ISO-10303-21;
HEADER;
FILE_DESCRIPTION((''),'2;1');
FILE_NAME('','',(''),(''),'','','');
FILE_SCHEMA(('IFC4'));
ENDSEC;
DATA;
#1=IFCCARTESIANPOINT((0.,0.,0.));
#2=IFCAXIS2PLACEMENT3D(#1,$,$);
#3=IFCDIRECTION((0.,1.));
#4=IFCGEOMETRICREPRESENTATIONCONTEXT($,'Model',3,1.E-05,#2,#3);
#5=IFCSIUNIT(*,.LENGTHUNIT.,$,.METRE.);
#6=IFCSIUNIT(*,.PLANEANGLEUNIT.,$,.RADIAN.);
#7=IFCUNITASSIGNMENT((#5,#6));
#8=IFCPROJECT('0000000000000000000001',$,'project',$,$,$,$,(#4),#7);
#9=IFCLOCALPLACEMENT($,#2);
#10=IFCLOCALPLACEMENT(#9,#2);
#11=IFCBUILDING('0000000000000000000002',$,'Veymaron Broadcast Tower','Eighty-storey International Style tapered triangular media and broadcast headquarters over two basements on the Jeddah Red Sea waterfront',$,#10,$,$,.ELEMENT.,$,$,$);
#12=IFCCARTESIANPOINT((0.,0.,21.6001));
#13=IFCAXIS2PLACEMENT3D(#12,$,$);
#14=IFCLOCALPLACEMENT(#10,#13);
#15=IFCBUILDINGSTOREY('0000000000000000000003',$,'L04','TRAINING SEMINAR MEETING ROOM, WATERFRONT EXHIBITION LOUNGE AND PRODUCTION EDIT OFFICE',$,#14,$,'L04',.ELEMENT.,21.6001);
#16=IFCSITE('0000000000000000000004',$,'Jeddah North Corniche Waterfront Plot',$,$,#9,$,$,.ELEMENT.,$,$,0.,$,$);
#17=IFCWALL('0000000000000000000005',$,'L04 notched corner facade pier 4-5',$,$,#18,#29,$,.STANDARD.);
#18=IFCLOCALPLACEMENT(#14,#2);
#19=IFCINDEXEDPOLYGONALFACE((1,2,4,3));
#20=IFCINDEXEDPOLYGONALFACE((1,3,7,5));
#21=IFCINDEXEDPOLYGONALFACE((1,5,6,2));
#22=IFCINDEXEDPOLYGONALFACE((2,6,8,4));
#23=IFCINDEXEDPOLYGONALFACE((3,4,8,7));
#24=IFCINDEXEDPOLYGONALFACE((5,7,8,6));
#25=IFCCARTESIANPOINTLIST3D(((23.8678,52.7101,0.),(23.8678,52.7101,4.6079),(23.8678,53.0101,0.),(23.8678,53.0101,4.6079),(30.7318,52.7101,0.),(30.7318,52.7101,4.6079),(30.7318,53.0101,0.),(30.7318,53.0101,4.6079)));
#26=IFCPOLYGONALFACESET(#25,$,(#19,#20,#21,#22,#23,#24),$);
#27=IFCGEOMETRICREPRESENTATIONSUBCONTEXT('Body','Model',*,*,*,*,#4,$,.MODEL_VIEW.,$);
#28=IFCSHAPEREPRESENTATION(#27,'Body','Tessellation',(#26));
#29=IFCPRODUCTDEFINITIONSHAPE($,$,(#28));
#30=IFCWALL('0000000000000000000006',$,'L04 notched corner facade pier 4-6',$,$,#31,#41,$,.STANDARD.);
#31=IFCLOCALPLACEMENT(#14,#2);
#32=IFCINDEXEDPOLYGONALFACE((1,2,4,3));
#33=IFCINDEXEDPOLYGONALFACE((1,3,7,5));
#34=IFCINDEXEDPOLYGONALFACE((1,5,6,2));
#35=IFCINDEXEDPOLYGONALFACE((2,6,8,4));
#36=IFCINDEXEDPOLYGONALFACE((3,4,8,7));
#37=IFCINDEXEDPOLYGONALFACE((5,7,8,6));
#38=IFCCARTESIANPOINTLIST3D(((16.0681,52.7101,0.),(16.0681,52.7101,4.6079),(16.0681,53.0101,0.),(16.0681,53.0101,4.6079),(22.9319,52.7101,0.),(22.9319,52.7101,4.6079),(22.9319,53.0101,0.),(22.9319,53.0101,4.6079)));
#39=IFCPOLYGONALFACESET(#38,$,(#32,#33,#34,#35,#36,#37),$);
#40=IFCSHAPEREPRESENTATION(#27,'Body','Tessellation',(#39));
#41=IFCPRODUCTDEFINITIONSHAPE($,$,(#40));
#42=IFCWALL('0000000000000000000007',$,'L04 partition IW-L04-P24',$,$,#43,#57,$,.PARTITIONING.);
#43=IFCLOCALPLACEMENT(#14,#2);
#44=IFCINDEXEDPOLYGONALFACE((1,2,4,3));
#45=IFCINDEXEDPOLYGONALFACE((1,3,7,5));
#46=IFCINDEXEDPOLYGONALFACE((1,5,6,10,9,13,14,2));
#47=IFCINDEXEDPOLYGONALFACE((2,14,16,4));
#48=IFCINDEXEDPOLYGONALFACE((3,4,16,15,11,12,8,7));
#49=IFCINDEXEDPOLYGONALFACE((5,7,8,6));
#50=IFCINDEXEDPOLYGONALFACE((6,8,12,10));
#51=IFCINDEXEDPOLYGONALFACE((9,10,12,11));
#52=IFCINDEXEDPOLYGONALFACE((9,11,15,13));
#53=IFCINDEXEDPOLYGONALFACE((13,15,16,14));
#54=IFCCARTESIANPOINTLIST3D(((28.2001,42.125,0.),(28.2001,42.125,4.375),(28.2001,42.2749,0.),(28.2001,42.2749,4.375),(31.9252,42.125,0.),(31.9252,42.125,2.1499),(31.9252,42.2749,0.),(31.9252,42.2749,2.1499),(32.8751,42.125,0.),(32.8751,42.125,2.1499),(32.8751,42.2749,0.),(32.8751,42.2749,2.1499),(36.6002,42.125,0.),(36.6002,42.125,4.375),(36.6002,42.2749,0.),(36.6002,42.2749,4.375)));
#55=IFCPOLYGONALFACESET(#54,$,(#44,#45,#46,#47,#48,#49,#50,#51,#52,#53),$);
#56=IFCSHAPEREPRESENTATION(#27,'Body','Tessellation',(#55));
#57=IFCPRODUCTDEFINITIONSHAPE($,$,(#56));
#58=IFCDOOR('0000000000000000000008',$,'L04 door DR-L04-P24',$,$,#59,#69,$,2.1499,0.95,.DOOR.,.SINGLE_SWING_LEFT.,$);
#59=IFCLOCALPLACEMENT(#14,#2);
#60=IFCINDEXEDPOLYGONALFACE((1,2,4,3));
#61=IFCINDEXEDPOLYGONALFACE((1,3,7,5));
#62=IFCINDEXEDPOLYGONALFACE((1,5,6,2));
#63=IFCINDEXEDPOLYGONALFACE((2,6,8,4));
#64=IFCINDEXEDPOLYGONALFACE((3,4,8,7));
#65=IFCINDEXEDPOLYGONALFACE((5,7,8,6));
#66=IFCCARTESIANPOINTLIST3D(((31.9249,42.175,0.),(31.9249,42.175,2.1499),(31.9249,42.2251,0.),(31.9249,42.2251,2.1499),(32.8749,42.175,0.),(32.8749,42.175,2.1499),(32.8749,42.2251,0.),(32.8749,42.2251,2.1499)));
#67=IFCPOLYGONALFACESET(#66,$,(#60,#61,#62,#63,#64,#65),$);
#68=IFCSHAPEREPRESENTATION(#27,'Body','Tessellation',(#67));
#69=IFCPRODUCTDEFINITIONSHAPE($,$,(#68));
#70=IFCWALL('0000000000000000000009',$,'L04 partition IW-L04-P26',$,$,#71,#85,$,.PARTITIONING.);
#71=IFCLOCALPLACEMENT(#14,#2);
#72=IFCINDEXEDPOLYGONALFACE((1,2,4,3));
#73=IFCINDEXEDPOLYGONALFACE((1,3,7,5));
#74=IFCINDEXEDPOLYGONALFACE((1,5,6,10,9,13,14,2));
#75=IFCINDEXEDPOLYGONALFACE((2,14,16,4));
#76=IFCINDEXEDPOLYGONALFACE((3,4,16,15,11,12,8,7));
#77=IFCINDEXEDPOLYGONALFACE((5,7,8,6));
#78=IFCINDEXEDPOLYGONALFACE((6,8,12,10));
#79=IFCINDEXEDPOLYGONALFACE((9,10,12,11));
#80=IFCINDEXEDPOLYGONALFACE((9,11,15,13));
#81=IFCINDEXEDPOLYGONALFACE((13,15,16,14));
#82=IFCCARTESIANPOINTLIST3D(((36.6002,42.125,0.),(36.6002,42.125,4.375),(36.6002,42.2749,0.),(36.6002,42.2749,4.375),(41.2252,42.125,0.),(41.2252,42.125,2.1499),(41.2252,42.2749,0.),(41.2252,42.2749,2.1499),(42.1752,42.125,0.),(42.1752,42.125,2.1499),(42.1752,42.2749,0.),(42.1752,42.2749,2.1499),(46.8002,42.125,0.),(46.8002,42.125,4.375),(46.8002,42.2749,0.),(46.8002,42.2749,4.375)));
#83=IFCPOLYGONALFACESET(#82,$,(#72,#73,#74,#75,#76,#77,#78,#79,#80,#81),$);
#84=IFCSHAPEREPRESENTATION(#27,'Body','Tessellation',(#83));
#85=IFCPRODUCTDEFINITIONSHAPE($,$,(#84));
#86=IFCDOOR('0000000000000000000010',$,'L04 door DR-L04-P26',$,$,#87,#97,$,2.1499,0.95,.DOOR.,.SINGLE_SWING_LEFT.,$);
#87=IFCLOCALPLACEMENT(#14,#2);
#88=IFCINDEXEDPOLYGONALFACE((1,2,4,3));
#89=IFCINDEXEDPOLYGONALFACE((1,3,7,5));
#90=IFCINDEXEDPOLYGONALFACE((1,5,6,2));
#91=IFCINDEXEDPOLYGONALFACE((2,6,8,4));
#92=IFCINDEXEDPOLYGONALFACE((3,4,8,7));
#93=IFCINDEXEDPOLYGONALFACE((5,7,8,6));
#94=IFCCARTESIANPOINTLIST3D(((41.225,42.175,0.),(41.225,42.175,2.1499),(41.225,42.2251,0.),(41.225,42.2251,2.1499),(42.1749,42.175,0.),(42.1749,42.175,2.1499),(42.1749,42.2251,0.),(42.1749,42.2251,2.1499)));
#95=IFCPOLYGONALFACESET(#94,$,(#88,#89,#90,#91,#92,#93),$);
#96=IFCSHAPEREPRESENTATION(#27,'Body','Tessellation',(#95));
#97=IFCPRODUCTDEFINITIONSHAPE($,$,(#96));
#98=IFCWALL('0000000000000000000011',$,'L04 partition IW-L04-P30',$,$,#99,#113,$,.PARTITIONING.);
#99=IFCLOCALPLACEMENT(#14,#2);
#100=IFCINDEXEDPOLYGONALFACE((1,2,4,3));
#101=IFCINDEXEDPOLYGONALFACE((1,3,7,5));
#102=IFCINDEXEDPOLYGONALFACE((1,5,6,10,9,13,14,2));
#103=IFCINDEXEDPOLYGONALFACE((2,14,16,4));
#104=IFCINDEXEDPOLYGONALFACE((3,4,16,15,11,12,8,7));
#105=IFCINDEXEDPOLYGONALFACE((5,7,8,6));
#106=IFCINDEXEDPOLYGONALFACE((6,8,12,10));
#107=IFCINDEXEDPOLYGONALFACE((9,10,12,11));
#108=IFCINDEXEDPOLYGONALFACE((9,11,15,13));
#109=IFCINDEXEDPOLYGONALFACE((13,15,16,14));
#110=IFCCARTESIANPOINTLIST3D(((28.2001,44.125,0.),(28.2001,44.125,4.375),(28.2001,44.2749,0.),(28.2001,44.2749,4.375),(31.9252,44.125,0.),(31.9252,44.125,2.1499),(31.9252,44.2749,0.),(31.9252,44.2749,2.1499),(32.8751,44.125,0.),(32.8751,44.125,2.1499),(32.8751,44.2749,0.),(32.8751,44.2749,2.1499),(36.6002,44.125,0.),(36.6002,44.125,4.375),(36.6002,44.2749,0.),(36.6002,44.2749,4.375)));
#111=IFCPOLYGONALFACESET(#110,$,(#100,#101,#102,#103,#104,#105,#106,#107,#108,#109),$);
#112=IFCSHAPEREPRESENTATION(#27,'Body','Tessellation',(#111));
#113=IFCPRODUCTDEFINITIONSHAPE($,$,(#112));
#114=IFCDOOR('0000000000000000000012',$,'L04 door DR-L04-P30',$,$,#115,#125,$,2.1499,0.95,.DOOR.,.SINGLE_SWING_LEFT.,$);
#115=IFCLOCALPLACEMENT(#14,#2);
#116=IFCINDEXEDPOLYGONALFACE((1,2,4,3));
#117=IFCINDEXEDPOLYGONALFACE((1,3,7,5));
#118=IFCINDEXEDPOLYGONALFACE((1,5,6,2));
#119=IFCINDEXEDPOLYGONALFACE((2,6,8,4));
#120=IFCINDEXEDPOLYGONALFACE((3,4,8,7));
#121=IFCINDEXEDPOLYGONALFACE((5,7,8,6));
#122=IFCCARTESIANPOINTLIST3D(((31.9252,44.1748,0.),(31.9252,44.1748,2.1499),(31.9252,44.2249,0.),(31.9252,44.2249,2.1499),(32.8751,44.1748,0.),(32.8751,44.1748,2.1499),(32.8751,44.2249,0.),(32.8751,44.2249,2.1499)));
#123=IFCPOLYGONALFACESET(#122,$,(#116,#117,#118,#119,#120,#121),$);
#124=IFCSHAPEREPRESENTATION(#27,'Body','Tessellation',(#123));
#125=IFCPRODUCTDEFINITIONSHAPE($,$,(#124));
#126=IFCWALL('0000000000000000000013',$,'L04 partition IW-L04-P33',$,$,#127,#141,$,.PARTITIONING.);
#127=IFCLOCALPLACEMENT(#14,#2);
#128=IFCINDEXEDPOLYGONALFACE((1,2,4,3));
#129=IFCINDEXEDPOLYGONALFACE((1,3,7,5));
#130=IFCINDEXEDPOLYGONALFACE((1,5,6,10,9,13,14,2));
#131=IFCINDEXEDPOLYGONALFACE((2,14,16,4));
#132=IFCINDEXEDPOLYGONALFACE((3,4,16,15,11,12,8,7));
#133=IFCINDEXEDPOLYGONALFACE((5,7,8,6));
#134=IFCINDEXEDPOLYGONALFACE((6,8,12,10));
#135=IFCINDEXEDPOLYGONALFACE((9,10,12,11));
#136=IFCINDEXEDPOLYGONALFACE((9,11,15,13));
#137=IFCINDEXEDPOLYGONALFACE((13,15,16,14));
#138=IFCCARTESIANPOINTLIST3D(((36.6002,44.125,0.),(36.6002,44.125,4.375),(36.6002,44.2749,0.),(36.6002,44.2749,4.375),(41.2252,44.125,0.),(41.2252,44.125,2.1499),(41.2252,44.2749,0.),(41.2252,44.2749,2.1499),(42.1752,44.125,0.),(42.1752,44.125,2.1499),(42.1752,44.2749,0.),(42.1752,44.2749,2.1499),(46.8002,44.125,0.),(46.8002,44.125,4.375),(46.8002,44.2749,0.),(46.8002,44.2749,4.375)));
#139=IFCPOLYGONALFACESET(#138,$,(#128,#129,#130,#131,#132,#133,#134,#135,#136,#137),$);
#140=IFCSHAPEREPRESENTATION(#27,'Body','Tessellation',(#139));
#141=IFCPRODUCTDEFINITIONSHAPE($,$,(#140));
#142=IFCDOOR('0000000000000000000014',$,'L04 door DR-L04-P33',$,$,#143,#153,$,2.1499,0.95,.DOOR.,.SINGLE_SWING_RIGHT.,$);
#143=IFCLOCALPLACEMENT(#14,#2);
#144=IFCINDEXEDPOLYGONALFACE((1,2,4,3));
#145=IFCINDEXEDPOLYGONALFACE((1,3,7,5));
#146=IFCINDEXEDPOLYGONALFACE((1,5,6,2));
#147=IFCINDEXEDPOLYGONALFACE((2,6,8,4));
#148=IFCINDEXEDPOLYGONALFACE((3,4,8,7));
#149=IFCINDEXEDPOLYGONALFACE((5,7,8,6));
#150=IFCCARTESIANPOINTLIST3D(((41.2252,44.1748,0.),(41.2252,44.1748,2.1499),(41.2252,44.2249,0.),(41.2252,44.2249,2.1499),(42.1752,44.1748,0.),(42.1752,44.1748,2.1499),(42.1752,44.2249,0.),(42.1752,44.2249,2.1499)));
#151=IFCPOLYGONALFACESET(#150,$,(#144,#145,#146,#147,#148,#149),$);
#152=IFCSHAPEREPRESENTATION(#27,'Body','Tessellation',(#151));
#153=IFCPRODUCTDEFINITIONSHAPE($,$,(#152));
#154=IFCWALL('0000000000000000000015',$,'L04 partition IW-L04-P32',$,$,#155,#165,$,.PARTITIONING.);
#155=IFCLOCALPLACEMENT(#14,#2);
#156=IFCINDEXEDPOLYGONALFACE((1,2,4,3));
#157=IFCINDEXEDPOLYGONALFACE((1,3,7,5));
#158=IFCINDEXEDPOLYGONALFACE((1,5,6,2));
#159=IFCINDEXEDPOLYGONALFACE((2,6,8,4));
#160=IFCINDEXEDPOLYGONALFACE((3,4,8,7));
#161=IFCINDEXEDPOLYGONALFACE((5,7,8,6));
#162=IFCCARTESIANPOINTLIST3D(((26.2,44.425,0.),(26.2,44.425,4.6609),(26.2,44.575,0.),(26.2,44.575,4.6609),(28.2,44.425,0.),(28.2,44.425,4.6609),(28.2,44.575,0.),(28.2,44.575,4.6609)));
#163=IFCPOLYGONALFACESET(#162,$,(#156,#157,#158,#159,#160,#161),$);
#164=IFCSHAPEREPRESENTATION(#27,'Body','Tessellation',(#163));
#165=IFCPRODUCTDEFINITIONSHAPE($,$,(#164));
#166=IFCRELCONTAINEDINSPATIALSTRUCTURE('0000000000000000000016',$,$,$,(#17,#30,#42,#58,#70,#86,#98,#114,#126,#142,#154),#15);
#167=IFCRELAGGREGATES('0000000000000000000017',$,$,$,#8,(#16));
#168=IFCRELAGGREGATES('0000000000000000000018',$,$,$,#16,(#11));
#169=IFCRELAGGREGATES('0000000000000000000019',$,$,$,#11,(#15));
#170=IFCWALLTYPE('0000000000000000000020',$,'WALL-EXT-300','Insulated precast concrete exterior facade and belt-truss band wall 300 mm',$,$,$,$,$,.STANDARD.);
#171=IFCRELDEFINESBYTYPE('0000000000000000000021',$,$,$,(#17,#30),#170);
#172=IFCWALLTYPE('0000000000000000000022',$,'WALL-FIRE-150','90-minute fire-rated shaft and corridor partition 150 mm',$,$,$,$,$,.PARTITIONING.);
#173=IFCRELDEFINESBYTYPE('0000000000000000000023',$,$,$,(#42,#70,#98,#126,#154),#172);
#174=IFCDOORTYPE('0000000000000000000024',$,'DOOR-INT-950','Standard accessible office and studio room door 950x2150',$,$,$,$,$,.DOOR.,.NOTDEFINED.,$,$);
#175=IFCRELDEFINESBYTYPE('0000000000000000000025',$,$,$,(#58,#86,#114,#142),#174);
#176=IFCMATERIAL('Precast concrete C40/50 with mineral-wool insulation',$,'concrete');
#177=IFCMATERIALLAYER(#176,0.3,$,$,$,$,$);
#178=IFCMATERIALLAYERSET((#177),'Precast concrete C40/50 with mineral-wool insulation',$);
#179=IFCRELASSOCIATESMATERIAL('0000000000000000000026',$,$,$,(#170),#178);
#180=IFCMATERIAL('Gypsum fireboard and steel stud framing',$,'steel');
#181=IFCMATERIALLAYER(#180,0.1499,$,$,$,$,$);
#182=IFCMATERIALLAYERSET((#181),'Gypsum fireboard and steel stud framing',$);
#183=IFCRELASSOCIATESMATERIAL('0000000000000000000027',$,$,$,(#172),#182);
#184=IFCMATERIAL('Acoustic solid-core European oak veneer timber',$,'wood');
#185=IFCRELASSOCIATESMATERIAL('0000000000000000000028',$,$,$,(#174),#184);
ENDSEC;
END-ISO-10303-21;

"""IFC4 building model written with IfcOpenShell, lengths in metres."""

from ifc_helpers import new_model, si_unit, direction, frame, frame_2d, origin, place, context, subcontext, project, spatial, rectangle, extrude, material, layer, layer_set, type_object, element, fill, save


model = new_model("IFC4")

# Units and contexts
model_context = context("Model", 3, precision=1e-05, world=origin(), true_north=direction((0.0, 1.0)))
body_context = subcontext(model_context, "Body", "Model", "MODEL_VIEW")
ifc_project = project(units=[si_unit("LENGTHUNIT", "METRE"), si_unit("PLANEANGLEUNIT", "RADIAN")], contexts=[model_context])

# Site, building, storey
site_placement = place(None, origin())
site = spatial("IfcSite", under=ifc_project, at=site_placement, Name="Jeddah North Corniche Waterfront Plot", CompositionType="ELEMENT", RefElevation=0.0)
building_placement = place(site_placement, origin())
building = spatial("IfcBuilding", under=site, at=building_placement, Name="Veymaron Broadcast Tower", Description="Eighty-storey International Style tapered triangular media and broadcast headquarters over two basements on the Jeddah Red Sea waterfront", CompositionType="ELEMENT")
storey_placement = place(building_placement, frame((0.0, 0.0, 21.6001)))
storey = spatial("IfcBuildingStorey", under=building, at=storey_placement, Name="L04", Description="TRAINING SEMINAR MEETING ROOM, WATERFRONT EXHIBITION LOUNGE AND PRODUCTION EDIT OFFICE", LongName="L04", CompositionType="ELEMENT", Elevation=21.6001)

# Walls
ifc_material_1 = material(Name="Precast concrete C40/50 with mineral-wool insulation", Category="concrete")
ifc_layer_1 = layer(ifc_material_1, 0.3)
ifc_layer_set_1 = layer_set([ifc_layer_1], Name="Precast concrete C40/50 with mineral-wool insulation")
wall_type_1 = type_object("IfcWallType", Name="WALL-EXT-300", Description="Insulated precast concrete exterior facade and belt-truss band wall 300 mm", PredefinedType="STANDARD", material=ifc_layer_set_1)
wall_1_placement = place(storey_placement, frame((30.7319, 52.8601, 0.0), z_axis=(0.0, 0.0, 1.0), x_axis=(-1.0, 0.0, 0.0)))
element("IfcWall", 1, at=wall_1_placement, inside=storey, type_object=wall_type_1, Name="L04 notched corner facade pier 4-5", PredefinedType="STANDARD", context=body_context, shape_type="SweptSolid", body=[
    extrude(rectangle(XDim=6.864, YDim=0.3, at=frame_2d((3.4321, 0.0))), origin(), (0.0, 0.0, 1.0), 4.6079),
])
wall_2_placement = place(storey_placement, frame((22.9319, 52.8601, 0.0), z_axis=(0.0, 0.0, 1.0), x_axis=(-1.0, 0.0, 0.0)))
element("IfcWall", 2, at=wall_2_placement, inside=storey, type_object=wall_type_1, Name="L04 notched corner facade pier 4-6", PredefinedType="STANDARD", context=body_context, shape_type="SweptSolid", body=[
    extrude(rectangle(XDim=6.8638, YDim=0.3, at=frame_2d((3.4319, 0.0))), origin(), (0.0, 0.0, 1.0), 4.6079),
])

# Walls, openings, doors
ifc_material_2 = material(Name="Gypsum fireboard and steel stud framing", Category="steel")
ifc_layer_2 = layer(ifc_material_2, 0.1499)
ifc_layer_set_2 = layer_set([ifc_layer_2], Name="Gypsum fireboard and steel stud framing")
wall_type_2 = type_object("IfcWallType", Name="WALL-FIRE-150", Description="90-minute fire-rated shaft and corridor partition 150 mm", PredefinedType="PARTITIONING", material=ifc_layer_set_2)
wall_3_placement = place(storey_placement, frame((28.2, 42.2, 0.0), z_axis=(0.0, 0.0, 1.0), x_axis=(1.0, 0.0, 0.0)))
wall_3 = element("IfcWall", 3, at=wall_3_placement, inside=storey, type_object=wall_type_2, Name="L04 partition IW-L04-P24", PredefinedType="PARTITIONING", context=body_context, shape_type="SweptSolid", body=[
    extrude(rectangle(XDim=8.4001, YDim=0.1499, at=frame_2d((4.2002, 0.0))), origin(), (0.0, 0.0, 1.0), 4.375),
])
opening_1_placement = place(wall_3_placement, frame((3.7251, 0.0, 0.0)))
opening_1 = element("IfcOpeningElement", 4, at=opening_1_placement, cuts=wall_3, PredefinedType="OPENING", context=body_context, shape_type="SweptSolid", body=[
    extrude(rectangle(XDim=0.95, YDim=2.1499, at=frame_2d((0.4751, 1.075))), frame((0.0, 0.085, 0.0), z_axis=(0.0, -1.0, 0.0), x_axis=(1.0, 0.0, 0.0)), (0.0, 0.0, 1.0), 0.1699),
])
ifc_material_3 = material(Name="Acoustic solid-core European oak veneer timber", Category="wood")
door_type = type_object("IfcDoorType", Name="DOOR-INT-950", Description="Standard accessible office and studio room door 950x2150", OperationType="NOTDEFINED", PredefinedType="DOOR", material=ifc_material_3)
door_1_placement = place(opening_1_placement, frame((0.95, 0.0, 0.0), z_axis=(0.0, 0.0, 1.0), x_axis=(-1.0, 0.0, 0.0)))
door_1 = element("IfcDoor", 5, at=door_1_placement, inside=storey, type_object=door_type, Name="L04 door DR-L04-P24", OperationType="SINGLE_SWING_LEFT", OverallHeight=2.1499, OverallWidth=0.95, PredefinedType="DOOR", context=body_context, shape_type="SweptSolid", body=[
    extrude(rectangle(XDim=0.95, YDim=2.1499, at=frame_2d((0.4751, 1.075))), frame((0.0, 0.0249, 0.0), z_axis=(0.0, -1.0, 0.0), x_axis=(1.0, 0.0, 0.0)), (0.0, 0.0, 1.0), 0.05),
])
fill(opening_1, door_1)
wall_4_placement = place(storey_placement, frame((36.6001, 42.2, 0.0), z_axis=(0.0, 0.0, 1.0), x_axis=(1.0, 0.0, 0.0)))
wall_4 = element("IfcWall", 6, at=wall_4_placement, inside=storey, type_object=wall_type_2, Name="L04 partition IW-L04-P26", PredefinedType="PARTITIONING", context=body_context, shape_type="SweptSolid", body=[
    extrude(rectangle(XDim=10.2, YDim=0.1499, at=frame_2d((5.1001, 0.0))), origin(), (0.0, 0.0, 1.0), 4.375),
])
opening_2_placement = place(wall_4_placement, frame((4.625, 0.0, 0.0)))
opening_2 = element("IfcOpeningElement", 7, at=opening_2_placement, cuts=wall_4, PredefinedType="OPENING", context=body_context, shape_type="SweptSolid", body=[
    extrude(rectangle(XDim=0.95, YDim=2.1499, at=frame_2d((0.4751, 1.075))), frame((0.0, 0.085, 0.0), z_axis=(0.0, -1.0, 0.0), x_axis=(1.0, 0.0, 0.0)), (0.0, 0.0, 1.0), 0.1699),
])
door_2_placement = place(opening_2_placement, frame((0.95, 0.0, 0.0), z_axis=(0.0, 0.0, 1.0), x_axis=(-1.0, 0.0, 0.0)))
door_2 = element("IfcDoor", 8, at=door_2_placement, inside=storey, type_object=door_type, Name="L04 door DR-L04-P26", OperationType="SINGLE_SWING_LEFT", OverallHeight=2.1499, OverallWidth=0.95, PredefinedType="DOOR", context=body_context, shape_type="SweptSolid", body=[
    extrude(rectangle(XDim=0.95, YDim=2.1499, at=frame_2d((0.4751, 1.075))), frame((0.0, 0.0249, 0.0), z_axis=(0.0, -1.0, 0.0), x_axis=(1.0, 0.0, 0.0)), (0.0, 0.0, 1.0), 0.05),
])
fill(opening_2, door_2)
wall_5_placement = place(storey_placement, frame((28.2, 44.2, 0.0), z_axis=(0.0, 0.0, 1.0), x_axis=(1.0, 0.0, 0.0)))
wall_5 = element("IfcWall", 9, at=wall_5_placement, inside=storey, type_object=wall_type_2, Name="L04 partition IW-L04-P30", PredefinedType="PARTITIONING", context=body_context, shape_type="SweptSolid", body=[
    extrude(rectangle(XDim=8.4001, YDim=0.1499, at=frame_2d((4.2002, 0.0))), origin(), (0.0, 0.0, 1.0), 4.375),
])
opening_3_placement = place(wall_5_placement, frame((3.7251, 0.0, 0.0)))
opening_3 = element("IfcOpeningElement", 10, at=opening_3_placement, cuts=wall_5, PredefinedType="OPENING", context=body_context, shape_type="SweptSolid", body=[
    extrude(rectangle(XDim=0.95, YDim=2.1499, at=frame_2d((0.4751, 1.075))), frame((0.0, 0.085, 0.0), z_axis=(0.0, -1.0, 0.0), x_axis=(1.0, 0.0, 0.0)), (0.0, 0.0, 1.0), 0.1699),
])
door_3_placement = place(opening_3_placement, origin())
door_3 = element("IfcDoor", 11, at=door_3_placement, inside=storey, type_object=door_type, Name="L04 door DR-L04-P30", OperationType="SINGLE_SWING_LEFT", OverallHeight=2.1499, OverallWidth=0.95, PredefinedType="DOOR", context=body_context, shape_type="SweptSolid", body=[
    extrude(rectangle(XDim=0.95, YDim=2.1499, at=frame_2d((0.4751, 1.075))), frame((0.0, 0.0249, 0.0), z_axis=(0.0, -1.0, 0.0), x_axis=(1.0, 0.0, 0.0)), (0.0, 0.0, 1.0), 0.05),
])
fill(opening_3, door_3)
wall_6_placement = place(storey_placement, frame((36.6001, 44.2, 0.0), z_axis=(0.0, 0.0, 1.0), x_axis=(1.0, 0.0, 0.0)))
wall_6 = element("IfcWall", 12, at=wall_6_placement, inside=storey, type_object=wall_type_2, Name="L04 partition IW-L04-P33", PredefinedType="PARTITIONING", context=body_context, shape_type="SweptSolid", body=[
    extrude(rectangle(XDim=10.2, YDim=0.1499, at=frame_2d((5.1001, 0.0))), origin(), (0.0, 0.0, 1.0), 4.375),
])
opening_4_placement = place(wall_6_placement, frame((4.625, 0.0, 0.0)))
opening_4 = element("IfcOpeningElement", 13, at=opening_4_placement, cuts=wall_6, PredefinedType="OPENING", context=body_context, shape_type="SweptSolid", body=[
    extrude(rectangle(XDim=0.95, YDim=2.1499, at=frame_2d((0.4751, 1.075))), frame((0.0, 0.085, 0.0), z_axis=(0.0, -1.0, 0.0), x_axis=(1.0, 0.0, 0.0)), (0.0, 0.0, 1.0), 0.1699),
])
door_4_placement = place(opening_4_placement, origin())
door_4 = element("IfcDoor", 14, at=door_4_placement, inside=storey, type_object=door_type, Name="L04 door DR-L04-P33", OperationType="SINGLE_SWING_RIGHT", OverallHeight=2.1499, OverallWidth=0.95, PredefinedType="DOOR", context=body_context, shape_type="SweptSolid", body=[
    extrude(rectangle(XDim=0.95, YDim=2.1499, at=frame_2d((0.4751, 1.075))), frame((0.0, 0.0249, 0.0), z_axis=(0.0, -1.0, 0.0), x_axis=(1.0, 0.0, 0.0)), (0.0, 0.0, 1.0), 0.05),
])
fill(opening_4, door_4)

# Wall
wall_7_placement = place(storey_placement, frame((26.2, 44.5, 0.0), z_axis=(0.0, 0.0, 1.0), x_axis=(1.0, 0.0, 0.0)))
element("IfcWall", 15, at=wall_7_placement, inside=storey, type_object=wall_type_2, Name="L04 partition IW-L04-P32", PredefinedType="PARTITIONING", context=body_context, shape_type="SweptSolid", body=[
    extrude(rectangle(XDim=2.0, YDim=0.1499, at=frame_2d((1.0, 0.0))), origin(), (0.0, 0.0, 1.0), 4.6609),
])

save(model, "model.ifc")
